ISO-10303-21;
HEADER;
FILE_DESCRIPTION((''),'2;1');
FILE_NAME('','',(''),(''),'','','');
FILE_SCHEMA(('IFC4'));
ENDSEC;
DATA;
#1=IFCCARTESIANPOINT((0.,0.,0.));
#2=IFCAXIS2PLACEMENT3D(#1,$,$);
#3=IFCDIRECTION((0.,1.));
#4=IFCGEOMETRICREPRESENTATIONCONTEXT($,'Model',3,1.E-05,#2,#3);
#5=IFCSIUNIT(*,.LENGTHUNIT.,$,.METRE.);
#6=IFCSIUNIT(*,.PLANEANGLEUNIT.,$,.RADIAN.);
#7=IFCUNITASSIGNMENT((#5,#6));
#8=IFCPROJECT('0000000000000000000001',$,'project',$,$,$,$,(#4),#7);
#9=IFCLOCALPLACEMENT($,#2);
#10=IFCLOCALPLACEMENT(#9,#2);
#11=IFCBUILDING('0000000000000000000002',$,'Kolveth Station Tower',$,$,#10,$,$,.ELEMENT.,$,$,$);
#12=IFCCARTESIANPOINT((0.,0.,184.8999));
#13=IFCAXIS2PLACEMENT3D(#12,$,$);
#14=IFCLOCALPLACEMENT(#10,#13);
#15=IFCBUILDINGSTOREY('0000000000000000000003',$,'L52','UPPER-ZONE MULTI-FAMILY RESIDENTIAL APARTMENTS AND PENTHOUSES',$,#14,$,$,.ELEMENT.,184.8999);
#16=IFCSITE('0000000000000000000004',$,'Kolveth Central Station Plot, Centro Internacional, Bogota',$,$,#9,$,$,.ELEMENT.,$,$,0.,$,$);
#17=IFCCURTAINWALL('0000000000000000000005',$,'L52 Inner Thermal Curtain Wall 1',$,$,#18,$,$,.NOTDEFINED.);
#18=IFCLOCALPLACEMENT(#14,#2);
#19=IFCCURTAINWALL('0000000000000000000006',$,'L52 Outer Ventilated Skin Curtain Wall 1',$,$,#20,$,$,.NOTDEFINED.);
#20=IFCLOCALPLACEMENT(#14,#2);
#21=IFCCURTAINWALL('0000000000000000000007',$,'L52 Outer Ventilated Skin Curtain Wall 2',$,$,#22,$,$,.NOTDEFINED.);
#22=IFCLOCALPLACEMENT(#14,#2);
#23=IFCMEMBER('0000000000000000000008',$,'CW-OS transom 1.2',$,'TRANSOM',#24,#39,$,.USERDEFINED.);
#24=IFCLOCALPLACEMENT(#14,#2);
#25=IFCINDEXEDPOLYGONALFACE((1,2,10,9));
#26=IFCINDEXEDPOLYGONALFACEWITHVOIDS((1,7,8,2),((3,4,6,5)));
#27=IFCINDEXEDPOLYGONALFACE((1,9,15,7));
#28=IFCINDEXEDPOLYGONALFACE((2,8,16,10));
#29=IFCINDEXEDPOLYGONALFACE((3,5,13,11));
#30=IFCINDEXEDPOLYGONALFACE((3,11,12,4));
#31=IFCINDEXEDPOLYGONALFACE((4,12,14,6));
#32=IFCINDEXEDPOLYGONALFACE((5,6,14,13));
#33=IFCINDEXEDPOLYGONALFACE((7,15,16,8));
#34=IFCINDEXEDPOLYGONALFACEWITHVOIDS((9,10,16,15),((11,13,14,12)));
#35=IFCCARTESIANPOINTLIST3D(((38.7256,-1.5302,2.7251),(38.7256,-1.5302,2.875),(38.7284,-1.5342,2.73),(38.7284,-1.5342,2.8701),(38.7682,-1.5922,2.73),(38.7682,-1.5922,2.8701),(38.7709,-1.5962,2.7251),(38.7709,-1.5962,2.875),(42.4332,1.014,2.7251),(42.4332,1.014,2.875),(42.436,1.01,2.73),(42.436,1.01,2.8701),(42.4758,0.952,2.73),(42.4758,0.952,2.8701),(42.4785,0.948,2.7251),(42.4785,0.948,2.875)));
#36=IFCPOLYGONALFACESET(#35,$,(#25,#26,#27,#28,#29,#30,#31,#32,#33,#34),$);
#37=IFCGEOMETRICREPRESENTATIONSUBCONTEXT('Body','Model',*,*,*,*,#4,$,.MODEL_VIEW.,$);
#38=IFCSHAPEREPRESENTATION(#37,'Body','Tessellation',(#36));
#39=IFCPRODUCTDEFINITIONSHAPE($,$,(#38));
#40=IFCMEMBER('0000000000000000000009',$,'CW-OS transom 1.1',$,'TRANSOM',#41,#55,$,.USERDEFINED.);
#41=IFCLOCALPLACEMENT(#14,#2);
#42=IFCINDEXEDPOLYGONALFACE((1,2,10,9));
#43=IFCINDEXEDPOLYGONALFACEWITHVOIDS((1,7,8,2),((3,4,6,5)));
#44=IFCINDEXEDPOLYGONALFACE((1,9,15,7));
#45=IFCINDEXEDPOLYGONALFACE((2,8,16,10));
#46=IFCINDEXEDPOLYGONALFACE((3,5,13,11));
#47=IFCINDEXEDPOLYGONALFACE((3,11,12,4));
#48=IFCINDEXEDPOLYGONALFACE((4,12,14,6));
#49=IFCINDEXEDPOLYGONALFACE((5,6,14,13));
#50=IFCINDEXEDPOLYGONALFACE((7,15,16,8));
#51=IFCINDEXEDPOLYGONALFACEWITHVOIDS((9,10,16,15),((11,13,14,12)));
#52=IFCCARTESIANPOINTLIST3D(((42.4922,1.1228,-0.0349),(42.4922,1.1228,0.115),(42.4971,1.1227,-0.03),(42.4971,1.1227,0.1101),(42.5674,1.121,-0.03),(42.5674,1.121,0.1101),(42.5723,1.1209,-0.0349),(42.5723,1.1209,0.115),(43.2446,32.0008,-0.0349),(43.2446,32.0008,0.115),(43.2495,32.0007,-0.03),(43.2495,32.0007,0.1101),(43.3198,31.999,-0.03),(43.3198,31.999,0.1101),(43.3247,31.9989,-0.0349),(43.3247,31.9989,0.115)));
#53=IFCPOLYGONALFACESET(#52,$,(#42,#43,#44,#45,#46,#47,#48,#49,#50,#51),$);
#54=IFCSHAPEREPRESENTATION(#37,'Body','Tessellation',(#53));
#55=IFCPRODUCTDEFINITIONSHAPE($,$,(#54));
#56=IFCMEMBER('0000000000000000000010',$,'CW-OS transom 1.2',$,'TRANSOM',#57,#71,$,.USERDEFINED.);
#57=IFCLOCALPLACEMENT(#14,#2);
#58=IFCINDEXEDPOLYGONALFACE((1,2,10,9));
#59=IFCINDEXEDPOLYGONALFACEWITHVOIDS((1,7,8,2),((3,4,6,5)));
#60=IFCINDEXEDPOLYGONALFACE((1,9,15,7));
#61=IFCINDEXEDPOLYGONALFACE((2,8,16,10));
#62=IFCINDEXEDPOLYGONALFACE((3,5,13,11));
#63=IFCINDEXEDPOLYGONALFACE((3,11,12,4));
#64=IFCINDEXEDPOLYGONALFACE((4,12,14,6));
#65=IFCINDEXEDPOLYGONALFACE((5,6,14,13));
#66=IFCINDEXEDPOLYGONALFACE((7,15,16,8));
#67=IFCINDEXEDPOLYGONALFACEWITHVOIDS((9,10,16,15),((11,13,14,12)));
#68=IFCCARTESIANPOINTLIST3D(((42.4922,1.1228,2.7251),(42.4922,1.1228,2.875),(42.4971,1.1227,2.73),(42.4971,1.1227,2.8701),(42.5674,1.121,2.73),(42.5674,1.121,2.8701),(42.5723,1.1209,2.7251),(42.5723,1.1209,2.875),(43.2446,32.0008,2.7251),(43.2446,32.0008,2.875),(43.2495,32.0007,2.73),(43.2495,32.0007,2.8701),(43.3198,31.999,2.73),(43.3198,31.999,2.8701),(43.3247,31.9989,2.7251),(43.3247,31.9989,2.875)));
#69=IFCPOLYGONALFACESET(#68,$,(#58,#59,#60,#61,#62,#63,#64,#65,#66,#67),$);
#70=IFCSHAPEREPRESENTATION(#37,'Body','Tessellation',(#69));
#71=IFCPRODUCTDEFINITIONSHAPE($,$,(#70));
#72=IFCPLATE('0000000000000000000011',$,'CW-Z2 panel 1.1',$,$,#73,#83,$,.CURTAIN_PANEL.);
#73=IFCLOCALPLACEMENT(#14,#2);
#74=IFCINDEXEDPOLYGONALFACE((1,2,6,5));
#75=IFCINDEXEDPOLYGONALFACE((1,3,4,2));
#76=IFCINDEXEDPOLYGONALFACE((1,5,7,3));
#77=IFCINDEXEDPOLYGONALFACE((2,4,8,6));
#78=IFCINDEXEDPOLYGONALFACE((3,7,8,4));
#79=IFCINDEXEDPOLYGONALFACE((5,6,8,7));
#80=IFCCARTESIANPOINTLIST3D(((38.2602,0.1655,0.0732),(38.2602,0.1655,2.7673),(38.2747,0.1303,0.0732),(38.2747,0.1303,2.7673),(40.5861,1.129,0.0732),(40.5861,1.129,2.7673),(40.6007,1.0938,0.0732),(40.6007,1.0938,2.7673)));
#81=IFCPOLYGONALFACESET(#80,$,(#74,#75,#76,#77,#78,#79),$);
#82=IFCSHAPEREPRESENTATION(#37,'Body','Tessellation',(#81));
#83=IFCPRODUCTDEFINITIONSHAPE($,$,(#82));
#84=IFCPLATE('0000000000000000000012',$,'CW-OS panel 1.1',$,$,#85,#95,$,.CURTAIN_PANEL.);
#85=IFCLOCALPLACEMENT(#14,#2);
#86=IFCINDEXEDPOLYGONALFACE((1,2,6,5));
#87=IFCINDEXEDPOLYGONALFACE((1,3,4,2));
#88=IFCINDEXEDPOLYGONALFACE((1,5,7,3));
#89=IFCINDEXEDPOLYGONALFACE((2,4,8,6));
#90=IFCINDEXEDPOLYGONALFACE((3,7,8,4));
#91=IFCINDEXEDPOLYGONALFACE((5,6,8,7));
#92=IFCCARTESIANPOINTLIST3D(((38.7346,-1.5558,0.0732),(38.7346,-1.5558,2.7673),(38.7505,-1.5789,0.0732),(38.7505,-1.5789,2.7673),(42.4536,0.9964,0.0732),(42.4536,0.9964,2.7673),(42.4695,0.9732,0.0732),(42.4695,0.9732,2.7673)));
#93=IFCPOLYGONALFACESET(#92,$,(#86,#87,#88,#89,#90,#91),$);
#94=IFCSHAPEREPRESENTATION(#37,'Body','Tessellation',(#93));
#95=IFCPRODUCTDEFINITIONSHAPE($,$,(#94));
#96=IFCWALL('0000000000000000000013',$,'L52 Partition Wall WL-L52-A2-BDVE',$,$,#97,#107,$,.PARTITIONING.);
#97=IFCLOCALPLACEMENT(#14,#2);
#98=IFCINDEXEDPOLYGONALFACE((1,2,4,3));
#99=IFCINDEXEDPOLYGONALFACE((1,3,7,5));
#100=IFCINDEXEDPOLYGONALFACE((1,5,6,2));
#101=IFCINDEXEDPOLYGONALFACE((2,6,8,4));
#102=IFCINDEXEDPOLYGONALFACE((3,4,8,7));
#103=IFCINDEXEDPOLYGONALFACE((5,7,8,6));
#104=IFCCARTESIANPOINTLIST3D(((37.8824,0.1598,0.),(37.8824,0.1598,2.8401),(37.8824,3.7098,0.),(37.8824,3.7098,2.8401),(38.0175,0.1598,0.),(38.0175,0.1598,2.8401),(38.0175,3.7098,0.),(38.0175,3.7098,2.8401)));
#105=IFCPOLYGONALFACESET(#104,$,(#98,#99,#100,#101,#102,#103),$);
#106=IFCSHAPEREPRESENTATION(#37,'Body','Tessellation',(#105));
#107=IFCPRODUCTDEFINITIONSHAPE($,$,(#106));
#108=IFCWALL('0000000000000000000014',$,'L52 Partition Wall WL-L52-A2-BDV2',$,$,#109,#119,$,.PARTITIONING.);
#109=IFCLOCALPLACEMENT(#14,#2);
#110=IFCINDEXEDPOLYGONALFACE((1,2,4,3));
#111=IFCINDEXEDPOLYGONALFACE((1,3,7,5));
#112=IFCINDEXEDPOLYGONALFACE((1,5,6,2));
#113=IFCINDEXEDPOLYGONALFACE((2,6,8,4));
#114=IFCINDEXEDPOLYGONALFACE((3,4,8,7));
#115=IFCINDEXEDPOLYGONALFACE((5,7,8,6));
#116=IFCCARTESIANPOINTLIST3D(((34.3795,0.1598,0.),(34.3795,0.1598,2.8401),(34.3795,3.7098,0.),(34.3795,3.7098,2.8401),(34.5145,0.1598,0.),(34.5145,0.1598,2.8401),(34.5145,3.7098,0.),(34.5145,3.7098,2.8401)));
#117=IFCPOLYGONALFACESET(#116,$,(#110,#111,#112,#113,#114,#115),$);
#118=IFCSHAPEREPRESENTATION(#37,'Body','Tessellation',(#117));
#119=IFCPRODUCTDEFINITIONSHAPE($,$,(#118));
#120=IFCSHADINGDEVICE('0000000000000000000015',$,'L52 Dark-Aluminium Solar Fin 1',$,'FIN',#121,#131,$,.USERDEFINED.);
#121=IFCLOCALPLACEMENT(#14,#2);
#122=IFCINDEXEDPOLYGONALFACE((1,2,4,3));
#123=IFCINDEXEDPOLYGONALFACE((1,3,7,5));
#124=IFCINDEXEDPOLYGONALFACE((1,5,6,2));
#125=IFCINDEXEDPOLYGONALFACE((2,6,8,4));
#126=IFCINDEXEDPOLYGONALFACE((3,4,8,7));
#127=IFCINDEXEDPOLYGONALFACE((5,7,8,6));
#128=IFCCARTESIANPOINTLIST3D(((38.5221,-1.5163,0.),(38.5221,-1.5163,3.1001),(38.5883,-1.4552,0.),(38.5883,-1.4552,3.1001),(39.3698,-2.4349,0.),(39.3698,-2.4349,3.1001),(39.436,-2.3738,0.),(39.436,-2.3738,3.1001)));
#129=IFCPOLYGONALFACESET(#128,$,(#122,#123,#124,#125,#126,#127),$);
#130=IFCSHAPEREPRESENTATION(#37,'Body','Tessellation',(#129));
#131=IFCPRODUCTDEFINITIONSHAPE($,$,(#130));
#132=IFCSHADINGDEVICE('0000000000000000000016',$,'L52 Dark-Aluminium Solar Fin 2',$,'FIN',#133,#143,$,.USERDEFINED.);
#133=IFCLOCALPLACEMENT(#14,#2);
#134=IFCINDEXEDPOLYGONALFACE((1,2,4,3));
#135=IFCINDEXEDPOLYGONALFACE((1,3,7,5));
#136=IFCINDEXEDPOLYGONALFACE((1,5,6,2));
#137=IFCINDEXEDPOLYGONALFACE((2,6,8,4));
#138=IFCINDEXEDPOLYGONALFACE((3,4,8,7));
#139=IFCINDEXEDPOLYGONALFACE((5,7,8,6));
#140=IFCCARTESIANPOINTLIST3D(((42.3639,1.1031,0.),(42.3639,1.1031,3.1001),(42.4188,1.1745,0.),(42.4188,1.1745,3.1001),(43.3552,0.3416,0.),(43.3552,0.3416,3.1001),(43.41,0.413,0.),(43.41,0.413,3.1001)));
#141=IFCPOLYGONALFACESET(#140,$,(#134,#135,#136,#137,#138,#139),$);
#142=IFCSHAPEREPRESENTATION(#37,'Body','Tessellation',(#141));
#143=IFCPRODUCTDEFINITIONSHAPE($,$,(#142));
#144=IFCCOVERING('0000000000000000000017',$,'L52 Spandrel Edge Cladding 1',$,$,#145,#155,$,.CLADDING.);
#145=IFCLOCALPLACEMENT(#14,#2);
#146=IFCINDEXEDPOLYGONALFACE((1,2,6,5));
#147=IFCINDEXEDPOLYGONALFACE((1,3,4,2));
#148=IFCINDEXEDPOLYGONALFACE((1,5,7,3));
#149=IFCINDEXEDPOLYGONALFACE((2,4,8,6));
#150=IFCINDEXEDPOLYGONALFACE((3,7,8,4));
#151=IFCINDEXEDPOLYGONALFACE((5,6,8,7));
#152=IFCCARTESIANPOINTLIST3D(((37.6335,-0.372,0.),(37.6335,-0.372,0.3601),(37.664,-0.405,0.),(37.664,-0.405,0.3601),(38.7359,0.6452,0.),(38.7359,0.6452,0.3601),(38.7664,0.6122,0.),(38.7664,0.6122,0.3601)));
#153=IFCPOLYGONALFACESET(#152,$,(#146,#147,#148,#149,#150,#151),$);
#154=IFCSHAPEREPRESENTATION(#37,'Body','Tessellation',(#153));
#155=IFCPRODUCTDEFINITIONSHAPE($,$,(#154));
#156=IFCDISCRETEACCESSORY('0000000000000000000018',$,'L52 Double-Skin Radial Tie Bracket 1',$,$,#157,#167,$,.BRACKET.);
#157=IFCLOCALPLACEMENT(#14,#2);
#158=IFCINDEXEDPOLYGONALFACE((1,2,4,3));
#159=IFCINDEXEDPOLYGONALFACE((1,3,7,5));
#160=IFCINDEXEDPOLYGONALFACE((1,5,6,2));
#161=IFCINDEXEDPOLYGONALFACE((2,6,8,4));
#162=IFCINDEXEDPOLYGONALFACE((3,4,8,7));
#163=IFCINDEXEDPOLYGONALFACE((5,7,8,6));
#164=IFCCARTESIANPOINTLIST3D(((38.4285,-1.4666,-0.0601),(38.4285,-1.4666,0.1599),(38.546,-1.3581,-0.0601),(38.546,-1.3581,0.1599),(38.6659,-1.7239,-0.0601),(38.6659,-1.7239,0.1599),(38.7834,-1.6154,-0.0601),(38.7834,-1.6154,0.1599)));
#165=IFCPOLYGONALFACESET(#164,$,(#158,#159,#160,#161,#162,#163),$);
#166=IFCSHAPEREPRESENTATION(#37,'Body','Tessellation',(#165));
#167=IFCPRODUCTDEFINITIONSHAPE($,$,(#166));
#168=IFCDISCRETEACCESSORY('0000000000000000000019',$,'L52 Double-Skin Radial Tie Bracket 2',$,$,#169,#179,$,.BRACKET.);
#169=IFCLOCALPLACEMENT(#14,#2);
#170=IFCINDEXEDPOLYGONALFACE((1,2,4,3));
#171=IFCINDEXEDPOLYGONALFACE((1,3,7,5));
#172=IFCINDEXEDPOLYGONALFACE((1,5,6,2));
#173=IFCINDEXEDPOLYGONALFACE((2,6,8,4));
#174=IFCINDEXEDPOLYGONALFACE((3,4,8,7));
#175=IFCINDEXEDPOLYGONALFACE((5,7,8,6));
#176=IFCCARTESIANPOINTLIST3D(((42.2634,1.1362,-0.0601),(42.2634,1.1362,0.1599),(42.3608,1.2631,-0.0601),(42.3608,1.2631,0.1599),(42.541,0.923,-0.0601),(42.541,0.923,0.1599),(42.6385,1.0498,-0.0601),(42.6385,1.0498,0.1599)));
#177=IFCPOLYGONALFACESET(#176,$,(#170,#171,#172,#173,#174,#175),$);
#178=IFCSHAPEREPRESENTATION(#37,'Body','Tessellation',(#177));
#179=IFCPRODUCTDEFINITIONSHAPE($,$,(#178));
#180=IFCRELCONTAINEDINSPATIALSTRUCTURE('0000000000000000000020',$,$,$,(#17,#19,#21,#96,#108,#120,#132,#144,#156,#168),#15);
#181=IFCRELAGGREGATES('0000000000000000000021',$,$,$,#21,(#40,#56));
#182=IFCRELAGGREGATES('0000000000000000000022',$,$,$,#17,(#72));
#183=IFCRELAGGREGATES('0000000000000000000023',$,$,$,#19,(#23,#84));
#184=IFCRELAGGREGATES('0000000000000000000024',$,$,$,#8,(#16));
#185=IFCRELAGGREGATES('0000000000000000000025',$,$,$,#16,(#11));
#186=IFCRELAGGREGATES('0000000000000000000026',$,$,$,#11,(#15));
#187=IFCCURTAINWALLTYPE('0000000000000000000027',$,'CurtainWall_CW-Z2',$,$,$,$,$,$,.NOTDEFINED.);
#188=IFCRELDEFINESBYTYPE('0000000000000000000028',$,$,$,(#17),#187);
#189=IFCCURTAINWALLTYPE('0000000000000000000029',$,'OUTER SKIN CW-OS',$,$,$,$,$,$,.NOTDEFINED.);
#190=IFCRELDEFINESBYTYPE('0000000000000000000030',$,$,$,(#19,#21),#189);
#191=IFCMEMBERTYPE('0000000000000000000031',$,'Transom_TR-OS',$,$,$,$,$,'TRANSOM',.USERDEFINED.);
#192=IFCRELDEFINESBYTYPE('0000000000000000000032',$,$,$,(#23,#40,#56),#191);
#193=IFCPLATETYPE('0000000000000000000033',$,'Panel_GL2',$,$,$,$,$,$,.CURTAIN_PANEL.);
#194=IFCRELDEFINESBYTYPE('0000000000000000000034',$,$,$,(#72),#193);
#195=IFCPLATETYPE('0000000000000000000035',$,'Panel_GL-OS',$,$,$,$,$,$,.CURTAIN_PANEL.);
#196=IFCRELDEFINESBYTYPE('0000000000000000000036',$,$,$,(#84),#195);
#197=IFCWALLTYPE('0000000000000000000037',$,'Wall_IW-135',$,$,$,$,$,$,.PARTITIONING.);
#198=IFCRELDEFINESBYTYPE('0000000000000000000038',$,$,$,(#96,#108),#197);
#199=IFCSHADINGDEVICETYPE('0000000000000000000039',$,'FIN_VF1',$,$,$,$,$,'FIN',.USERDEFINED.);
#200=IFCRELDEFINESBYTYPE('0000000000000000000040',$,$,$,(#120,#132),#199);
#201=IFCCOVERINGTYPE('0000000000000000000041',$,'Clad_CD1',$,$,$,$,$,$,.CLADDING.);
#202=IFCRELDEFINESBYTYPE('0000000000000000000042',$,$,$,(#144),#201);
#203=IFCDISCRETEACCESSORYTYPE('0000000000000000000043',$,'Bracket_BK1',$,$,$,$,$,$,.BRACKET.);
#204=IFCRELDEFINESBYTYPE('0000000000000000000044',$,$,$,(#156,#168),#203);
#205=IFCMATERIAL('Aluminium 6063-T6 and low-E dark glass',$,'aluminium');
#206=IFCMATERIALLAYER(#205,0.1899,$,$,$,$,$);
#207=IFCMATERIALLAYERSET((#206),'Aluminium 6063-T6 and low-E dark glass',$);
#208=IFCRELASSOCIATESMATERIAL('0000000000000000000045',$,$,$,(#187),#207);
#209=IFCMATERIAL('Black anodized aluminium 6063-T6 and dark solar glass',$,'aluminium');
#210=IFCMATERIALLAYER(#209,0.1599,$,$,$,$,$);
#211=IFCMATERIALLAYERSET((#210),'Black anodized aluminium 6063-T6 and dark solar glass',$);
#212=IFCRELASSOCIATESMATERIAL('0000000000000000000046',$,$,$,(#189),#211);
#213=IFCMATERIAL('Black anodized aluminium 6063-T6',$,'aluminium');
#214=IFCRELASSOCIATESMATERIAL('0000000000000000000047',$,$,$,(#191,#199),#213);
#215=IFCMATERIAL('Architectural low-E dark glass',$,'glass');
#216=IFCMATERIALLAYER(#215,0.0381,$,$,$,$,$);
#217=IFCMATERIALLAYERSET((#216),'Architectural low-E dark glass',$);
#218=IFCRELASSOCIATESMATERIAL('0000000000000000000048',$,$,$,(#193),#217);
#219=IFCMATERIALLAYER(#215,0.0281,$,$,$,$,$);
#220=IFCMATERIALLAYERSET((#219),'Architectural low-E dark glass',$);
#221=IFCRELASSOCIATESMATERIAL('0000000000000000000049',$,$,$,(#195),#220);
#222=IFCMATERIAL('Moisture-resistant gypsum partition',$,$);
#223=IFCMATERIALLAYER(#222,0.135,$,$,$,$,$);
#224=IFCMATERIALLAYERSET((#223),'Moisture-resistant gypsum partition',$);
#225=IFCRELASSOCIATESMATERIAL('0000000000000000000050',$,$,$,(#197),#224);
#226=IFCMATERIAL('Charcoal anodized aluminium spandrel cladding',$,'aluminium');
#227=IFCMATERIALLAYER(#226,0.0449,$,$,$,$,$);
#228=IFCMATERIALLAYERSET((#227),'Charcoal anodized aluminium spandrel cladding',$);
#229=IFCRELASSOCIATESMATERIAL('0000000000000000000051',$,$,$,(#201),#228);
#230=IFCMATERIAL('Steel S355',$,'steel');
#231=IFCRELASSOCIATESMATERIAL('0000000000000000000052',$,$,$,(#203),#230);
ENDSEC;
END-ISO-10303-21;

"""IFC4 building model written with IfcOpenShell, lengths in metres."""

from ifc_helpers import new_model, si_unit, direction, frame, frame_2d, origin, origin_2d, place, context, subcontext, project, spatial, rectangle, hollow_rectangle, extrude, source, transform, mapped, material, layer, layer_set, material_profile, profile_set, type_object, element, aggregate, save


model = new_model("IFC4")

# Units and contexts
model_context = context("Model", 3, precision=1e-05, world=origin(), true_north=direction((0.0, 1.0)))
body_context = subcontext(model_context, "Body", "Model", "MODEL_VIEW")
ifc_project = project(units=[si_unit("LENGTHUNIT", "METRE"), si_unit("PLANEANGLEUNIT", "RADIAN")], contexts=[model_context])

# Site, building, storey
site_placement = place(None, origin())
site = spatial("IfcSite", under=ifc_project, at=site_placement, Name="Kolveth Central Station Plot, Centro Internacional, Bogota", CompositionType="ELEMENT", RefElevation=0.0)
building_placement = place(site_placement, origin())
building = spatial("IfcBuilding", under=site, at=building_placement, Name="Kolveth Station Tower", CompositionType="ELEMENT")
storey_placement = place(building_placement, frame((0.0, 0.0, 184.8999)))
storey = spatial("IfcBuildingStorey", under=building, at=storey_placement, Name="L52", Description="UPPER-ZONE MULTI-FAMILY RESIDENTIAL APARTMENTS AND PENTHOUSES", CompositionType="ELEMENT", Elevation=184.8999)

# Curtain wall
ifc_material_1 = material(Name="Aluminium 6063-T6 and low-E dark glass", Category="aluminium")
ifc_layer_1 = layer(ifc_material_1, 0.1899)
ifc_layer_set_1 = layer_set([ifc_layer_1], Name="Aluminium 6063-T6 and low-E dark glass")
curtain_wall_type_1 = type_object("IfcCurtainWallType", Name="CurtainWall_CW-Z2", PredefinedType="NOTDEFINED", material=ifc_layer_set_1)
curtain_wall_1_placement = place(storey_placement, origin())
curtain_wall_1 = element("IfcCurtainWall", 1, at=curtain_wall_1_placement, inside=storey, type_object=curtain_wall_type_1, Name="L52 Inner Thermal Curtain Wall 1", PredefinedType="NOTDEFINED")
ifc_material_2 = material(Name="Black anodized aluminium 6063-T6", Category="aluminium")

# Curtain wall
ifc_material_3 = material(Name="Black anodized aluminium 6063-T6 and dark solar glass", Category="aluminium")
ifc_layer_2 = layer(ifc_material_3, 0.1599)
ifc_layer_set_2 = layer_set([ifc_layer_2], Name="Black anodized aluminium 6063-T6 and dark solar glass")
curtain_wall_type_2 = type_object("IfcCurtainWallType", Name="OUTER SKIN CW-OS", PredefinedType="NOTDEFINED", material=ifc_layer_set_2)
curtain_wall_2_placement = place(storey_placement, origin())
curtain_wall_2 = element("IfcCurtainWall", 2, at=curtain_wall_2_placement, inside=storey, type_object=curtain_wall_type_2, Name="L52 Outer Ventilated Skin Curtain Wall 1", PredefinedType="NOTDEFINED")

# Curtain wall
curtain_wall_3_placement = place(storey_placement, origin())
curtain_wall_3 = element("IfcCurtainWall", 3, at=curtain_wall_3_placement, inside=storey, type_object=curtain_wall_type_2, Name="L52 Outer Ventilated Skin Curtain Wall 2", PredefinedType="NOTDEFINED")

# Members
ifc_material_profile_1 = material_profile(ifc_material_2, hollow_rectangle(XDim=0.0801, YDim=0.1499, WallThickness=0.0049, at=origin_2d()), Name="ALU-80x150x5")
ifc_profile_set_1 = profile_set([ifc_material_profile_1], Name="Black anodized aluminium 6063-T6")
member_type_1 = type_object("IfcMemberType", Name="Transom_TR-OS", ElementType="TRANSOM", PredefinedType="USERDEFINED", material=ifc_profile_set_1)
shared_shape_1 = source(origin(), body_context, "Body", "SweptSolid", [
    extrude(hollow_rectangle(XDim=0.0801, YDim=0.1499, WallThickness=0.0049, at=origin_2d()), origin(), (0.0, 0.0, 1.0), 4.4966),
])
member_1_placement = place(storey_placement, frame((38.7483, -1.5632, 2.8), z_axis=(0.824533, 0.565814, 0.0), x_axis=(-0.565814, 0.824533, 0.0)))
member_1 = element("IfcMember", 4, at=member_1_placement, type_object=member_type_1, Name="CW-OS transom 1.2", ObjectType="TRANSOM", PredefinedType="USERDEFINED", context=body_context, shape_type="MappedRepresentation", body=[
    mapped(shared_shape_1, transform((0.0, 0.0, 0.0), x_axis=(1.0, 0.0, 0.0), y_axis=(0.0, 1.0, 0.0), z_axis=(0.0, 0.0, 1.0), scale=1.0)),
])
shared_shape_2 = source(origin(), body_context, "Body", "SweptSolid", [
    extrude(hollow_rectangle(XDim=0.0801, YDim=0.1499, WallThickness=0.0049, at=origin_2d()), origin(), (0.0, 0.0, 1.0), 30.8872),
])
member_2_placement = place(storey_placement, frame((42.5322, 1.1218, 0.04), z_axis=(0.024361, 0.999703, 0.0), x_axis=(-0.999703, 0.024361, 0.0)))
member_2 = element("IfcMember", 5, at=member_2_placement, type_object=member_type_1, Name="CW-OS transom 1.1", ObjectType="TRANSOM", PredefinedType="USERDEFINED", context=body_context, shape_type="MappedRepresentation", body=[
    mapped(shared_shape_2, transform((0.0, 0.0, 0.0), x_axis=(1.0, 0.0, 0.0), y_axis=(0.0, 1.0, 0.0), z_axis=(0.0, 0.0, 1.0), scale=1.0)),
])
member_3_placement = place(storey_placement, frame((42.5322, 1.1218, 2.8), z_axis=(0.024361, 0.999703, 0.0), x_axis=(-0.999703, 0.024361, 0.0)))
member_3 = element("IfcMember", 6, at=member_3_placement, type_object=member_type_1, Name="CW-OS transom 1.2", ObjectType="TRANSOM", PredefinedType="USERDEFINED", context=body_context, shape_type="MappedRepresentation", body=[
    mapped(shared_shape_2, transform((0.0, 0.0, 0.0), x_axis=(1.0, 0.0, 0.0), y_axis=(0.0, 1.0, 0.0), z_axis=(0.0, 0.0, 1.0), scale=1.0)),
])
aggregate(curtain_wall_3, [member_2, member_3])

# Plates
ifc_material_4 = material(Name="Architectural low-E dark glass", Category="glass")
ifc_layer_3 = layer(ifc_material_4, 0.0381)
ifc_layer_set_3 = layer_set([ifc_layer_3], Name="Architectural low-E dark glass")
plate_type_1 = type_object("IfcPlateType", Name="Panel_GL2", PredefinedType="CURTAIN_PANEL", material=ifc_layer_set_3)
shared_shape_3 = source(origin(), body_context, "Body", "SweptSolid", [
    extrude(rectangle(XDim=2.5176, YDim=0.0381, at=origin_2d()), origin(), (0.0, 0.0, 1.0), 2.6941),
])
plate_1_placement = place(storey_placement, frame((39.4304, 0.6296, 0.0732), z_axis=(0.0, 0.0, 1.0), x_axis=(0.923874, 0.382698, 0.0)))
plate_1 = element("IfcPlate", 7, at=plate_1_placement, type_object=plate_type_1, Name="CW-Z2 panel 1.1", PredefinedType="CURTAIN_PANEL", context=body_context, shape_type="MappedRepresentation", body=[
    mapped(shared_shape_3, transform((0.0, 0.0, 0.0), x_axis=(1.0, 0.0, 0.0), y_axis=(0.0, 1.0, 0.0), z_axis=(0.0, 0.0, 1.0), scale=1.0)),
])
aggregate(curtain_wall_1, [plate_1])
ifc_layer_4 = layer(ifc_material_4, 0.0281)
ifc_layer_set_4 = layer_set([ifc_layer_4], Name="Architectural low-E dark glass")
plate_type_2 = type_object("IfcPlateType", Name="Panel_GL-OS", PredefinedType="CURTAIN_PANEL", material=ifc_layer_set_4)
shared_shape_4 = source(origin(), body_context, "Body", "SweptSolid", [
    extrude(rectangle(XDim=4.5105, YDim=0.0281, at=origin_2d()), origin(), (0.0, 0.0, 1.0), 2.6941),
])
plate_2_placement = place(storey_placement, frame((40.6021, -0.2913, 0.0732), z_axis=(0.0, 0.0, 1.0), x_axis=(0.824524, 0.565827, 0.0)))
plate_2 = element("IfcPlate", 8, at=plate_2_placement, type_object=plate_type_2, Name="CW-OS panel 1.1", PredefinedType="CURTAIN_PANEL", context=body_context, shape_type="MappedRepresentation", body=[
    mapped(shared_shape_4, transform((0.0, 0.0, 0.0), x_axis=(1.0, 0.0, 0.0), y_axis=(0.0, 1.0, 0.0), z_axis=(0.0, 0.0, 1.0), scale=1.0)),
])
aggregate(curtain_wall_2, [member_1, plate_2])

# Walls
ifc_material_5 = material(Name="Moisture-resistant gypsum partition")
ifc_layer_5 = layer(ifc_material_5, 0.135)
ifc_layer_set_5 = layer_set([ifc_layer_5], Name="Moisture-resistant gypsum partition")
wall_type = type_object("IfcWallType", Name="Wall_IW-135", PredefinedType="PARTITIONING", material=ifc_layer_set_5)
for number, where, z_axis, x_axis, name in (
    (9, (37.95, 0.1599, 0.0), (0.0, 0.0, 1.0), (0.0, 1.0, 0.0), "L52 Partition Wall WL-L52-A2-BDVE"),
    (10, (34.447, 0.1599, 0.0), (0.0, 0.0, 1.0), (0.0, 1.0, 0.0), "L52 Partition Wall WL-L52-A2-BDV2"),
):
    element("IfcWall", number, at=place(storey_placement, frame(where, z_axis=z_axis, x_axis=x_axis)), inside=storey, type_object=wall_type, Name=name, PredefinedType="PARTITIONING", context=body_context, shape_type="SweptSolid", body=[
        extrude(rectangle(XDim=3.55, YDim=0.135, at=frame_2d((1.7749, 0.0))), origin(), (0.0, 0.0, 1.0), 2.8401),
    ])

# Shading devices
shading_device_type = type_object("IfcShadingDeviceType", Name="FIN_VF1", ElementType="FIN", PredefinedType="USERDEFINED", material=ifc_material_2)
shared_shape_5 = source(origin(), body_context, "Body", "SweptSolid", [
    extrude(rectangle(XDim=1.25, YDim=0.0901, at=origin_2d()), origin(), (0.0, 0.0, 1.0), 3.1001),
])
for number, where, z_axis, x_axis, name in (
    (11, (38.979, -1.9451, 0.0), (0.0, 0.0, 1.0), (0.67816, -0.734915, 0.0), "L52 Dark-Aluminium Solar Fin 1"),
    (12, (42.887, 0.7581, 0.0), (0.0, 0.0, 1.0), (0.793034, -0.609177, 0.0), "L52 Dark-Aluminium Solar Fin 2"),
):
    element("IfcShadingDevice", number, at=place(storey_placement, frame(where, z_axis=z_axis, x_axis=x_axis)), inside=storey, type_object=shading_device_type, Name=name, ObjectType="FIN", PredefinedType="USERDEFINED", context=body_context, shape_type="MappedRepresentation", body=[
        mapped(shared_shape_5, transform((0.0, 0.0, 0.0), x_axis=(1.0, 0.0, 0.0), y_axis=(0.0, 1.0, 0.0), z_axis=(0.0, 0.0, 1.0), scale=1.0)),
    ])

# Covering
ifc_material_6 = material(Name="Charcoal anodized aluminium spandrel cladding", Category="aluminium")
ifc_layer_6 = layer(ifc_material_6, 0.0449)
ifc_layer_set_6 = layer_set([ifc_layer_6], Name="Charcoal anodized aluminium spandrel cladding")
covering_type = type_object("IfcCoveringType", Name="Clad_CD1", PredefinedType="CLADDING", material=ifc_layer_set_6)
shared_shape_6 = source(origin(), body_context, "Body", "SweptSolid", [
    extrude(rectangle(XDim=1.5, YDim=0.0449, at=origin_2d()), origin(), (0.0, 0.0, 1.0), 0.3601),
])
covering_placement = place(storey_placement, frame((38.2, 0.1201, 0.0), z_axis=(0.0, 0.0, 1.0), x_axis=(0.734915, 0.67816, 0.0)))
element("IfcCovering", 13, at=covering_placement, inside=storey, type_object=covering_type, Name="L52 Spandrel Edge Cladding 1", PredefinedType="CLADDING", context=body_context, shape_type="MappedRepresentation", body=[
    mapped(shared_shape_6, transform((0.0, 0.0, 0.0), x_axis=(1.0, 0.0, 0.0), y_axis=(0.0, 1.0, 0.0), z_axis=(0.0, 0.0, 1.0), scale=1.0)),
])

# Discrete accessories
ifc_material_7 = material(Name="Steel S355", Category="steel")
discrete_accessory_type = type_object("IfcDiscreteAccessoryType", Name="Bracket_BK1", PredefinedType="BRACKET", material=ifc_material_7)
shared_shape_7 = source(origin(), body_context, "Body", "SweptSolid", [
    extrude(rectangle(XDim=0.3501, YDim=0.1599, at=origin_2d()), origin(), (0.0, 0.0, 1.0), 0.22),
])
for number, where, z_axis, x_axis, name in (
    (14, (38.606, -1.541, -0.0601), (0.0, 0.0, 1.0), (0.67816, -0.734915, 0.0), "L52 Double-Skin Radial Tie Bracket 1"),
    (15, (42.4509, 1.093, -0.0601), (0.0, 0.0, 1.0), (0.793034, -0.609177, 0.0), "L52 Double-Skin Radial Tie Bracket 2"),
):
    element("IfcDiscreteAccessory", number, at=place(storey_placement, frame(where, z_axis=z_axis, x_axis=x_axis)), inside=storey, type_object=discrete_accessory_type, Name=name, PredefinedType="BRACKET", context=body_context, shape_type="MappedRepresentation", body=[
        mapped(shared_shape_7, transform((0.0, 0.0, 0.0), x_axis=(1.0, 0.0, 0.0), y_axis=(0.0, 1.0, 0.0), z_axis=(0.0, 0.0, 1.0), scale=1.0)),
    ])

save(model, "model.ifc")
